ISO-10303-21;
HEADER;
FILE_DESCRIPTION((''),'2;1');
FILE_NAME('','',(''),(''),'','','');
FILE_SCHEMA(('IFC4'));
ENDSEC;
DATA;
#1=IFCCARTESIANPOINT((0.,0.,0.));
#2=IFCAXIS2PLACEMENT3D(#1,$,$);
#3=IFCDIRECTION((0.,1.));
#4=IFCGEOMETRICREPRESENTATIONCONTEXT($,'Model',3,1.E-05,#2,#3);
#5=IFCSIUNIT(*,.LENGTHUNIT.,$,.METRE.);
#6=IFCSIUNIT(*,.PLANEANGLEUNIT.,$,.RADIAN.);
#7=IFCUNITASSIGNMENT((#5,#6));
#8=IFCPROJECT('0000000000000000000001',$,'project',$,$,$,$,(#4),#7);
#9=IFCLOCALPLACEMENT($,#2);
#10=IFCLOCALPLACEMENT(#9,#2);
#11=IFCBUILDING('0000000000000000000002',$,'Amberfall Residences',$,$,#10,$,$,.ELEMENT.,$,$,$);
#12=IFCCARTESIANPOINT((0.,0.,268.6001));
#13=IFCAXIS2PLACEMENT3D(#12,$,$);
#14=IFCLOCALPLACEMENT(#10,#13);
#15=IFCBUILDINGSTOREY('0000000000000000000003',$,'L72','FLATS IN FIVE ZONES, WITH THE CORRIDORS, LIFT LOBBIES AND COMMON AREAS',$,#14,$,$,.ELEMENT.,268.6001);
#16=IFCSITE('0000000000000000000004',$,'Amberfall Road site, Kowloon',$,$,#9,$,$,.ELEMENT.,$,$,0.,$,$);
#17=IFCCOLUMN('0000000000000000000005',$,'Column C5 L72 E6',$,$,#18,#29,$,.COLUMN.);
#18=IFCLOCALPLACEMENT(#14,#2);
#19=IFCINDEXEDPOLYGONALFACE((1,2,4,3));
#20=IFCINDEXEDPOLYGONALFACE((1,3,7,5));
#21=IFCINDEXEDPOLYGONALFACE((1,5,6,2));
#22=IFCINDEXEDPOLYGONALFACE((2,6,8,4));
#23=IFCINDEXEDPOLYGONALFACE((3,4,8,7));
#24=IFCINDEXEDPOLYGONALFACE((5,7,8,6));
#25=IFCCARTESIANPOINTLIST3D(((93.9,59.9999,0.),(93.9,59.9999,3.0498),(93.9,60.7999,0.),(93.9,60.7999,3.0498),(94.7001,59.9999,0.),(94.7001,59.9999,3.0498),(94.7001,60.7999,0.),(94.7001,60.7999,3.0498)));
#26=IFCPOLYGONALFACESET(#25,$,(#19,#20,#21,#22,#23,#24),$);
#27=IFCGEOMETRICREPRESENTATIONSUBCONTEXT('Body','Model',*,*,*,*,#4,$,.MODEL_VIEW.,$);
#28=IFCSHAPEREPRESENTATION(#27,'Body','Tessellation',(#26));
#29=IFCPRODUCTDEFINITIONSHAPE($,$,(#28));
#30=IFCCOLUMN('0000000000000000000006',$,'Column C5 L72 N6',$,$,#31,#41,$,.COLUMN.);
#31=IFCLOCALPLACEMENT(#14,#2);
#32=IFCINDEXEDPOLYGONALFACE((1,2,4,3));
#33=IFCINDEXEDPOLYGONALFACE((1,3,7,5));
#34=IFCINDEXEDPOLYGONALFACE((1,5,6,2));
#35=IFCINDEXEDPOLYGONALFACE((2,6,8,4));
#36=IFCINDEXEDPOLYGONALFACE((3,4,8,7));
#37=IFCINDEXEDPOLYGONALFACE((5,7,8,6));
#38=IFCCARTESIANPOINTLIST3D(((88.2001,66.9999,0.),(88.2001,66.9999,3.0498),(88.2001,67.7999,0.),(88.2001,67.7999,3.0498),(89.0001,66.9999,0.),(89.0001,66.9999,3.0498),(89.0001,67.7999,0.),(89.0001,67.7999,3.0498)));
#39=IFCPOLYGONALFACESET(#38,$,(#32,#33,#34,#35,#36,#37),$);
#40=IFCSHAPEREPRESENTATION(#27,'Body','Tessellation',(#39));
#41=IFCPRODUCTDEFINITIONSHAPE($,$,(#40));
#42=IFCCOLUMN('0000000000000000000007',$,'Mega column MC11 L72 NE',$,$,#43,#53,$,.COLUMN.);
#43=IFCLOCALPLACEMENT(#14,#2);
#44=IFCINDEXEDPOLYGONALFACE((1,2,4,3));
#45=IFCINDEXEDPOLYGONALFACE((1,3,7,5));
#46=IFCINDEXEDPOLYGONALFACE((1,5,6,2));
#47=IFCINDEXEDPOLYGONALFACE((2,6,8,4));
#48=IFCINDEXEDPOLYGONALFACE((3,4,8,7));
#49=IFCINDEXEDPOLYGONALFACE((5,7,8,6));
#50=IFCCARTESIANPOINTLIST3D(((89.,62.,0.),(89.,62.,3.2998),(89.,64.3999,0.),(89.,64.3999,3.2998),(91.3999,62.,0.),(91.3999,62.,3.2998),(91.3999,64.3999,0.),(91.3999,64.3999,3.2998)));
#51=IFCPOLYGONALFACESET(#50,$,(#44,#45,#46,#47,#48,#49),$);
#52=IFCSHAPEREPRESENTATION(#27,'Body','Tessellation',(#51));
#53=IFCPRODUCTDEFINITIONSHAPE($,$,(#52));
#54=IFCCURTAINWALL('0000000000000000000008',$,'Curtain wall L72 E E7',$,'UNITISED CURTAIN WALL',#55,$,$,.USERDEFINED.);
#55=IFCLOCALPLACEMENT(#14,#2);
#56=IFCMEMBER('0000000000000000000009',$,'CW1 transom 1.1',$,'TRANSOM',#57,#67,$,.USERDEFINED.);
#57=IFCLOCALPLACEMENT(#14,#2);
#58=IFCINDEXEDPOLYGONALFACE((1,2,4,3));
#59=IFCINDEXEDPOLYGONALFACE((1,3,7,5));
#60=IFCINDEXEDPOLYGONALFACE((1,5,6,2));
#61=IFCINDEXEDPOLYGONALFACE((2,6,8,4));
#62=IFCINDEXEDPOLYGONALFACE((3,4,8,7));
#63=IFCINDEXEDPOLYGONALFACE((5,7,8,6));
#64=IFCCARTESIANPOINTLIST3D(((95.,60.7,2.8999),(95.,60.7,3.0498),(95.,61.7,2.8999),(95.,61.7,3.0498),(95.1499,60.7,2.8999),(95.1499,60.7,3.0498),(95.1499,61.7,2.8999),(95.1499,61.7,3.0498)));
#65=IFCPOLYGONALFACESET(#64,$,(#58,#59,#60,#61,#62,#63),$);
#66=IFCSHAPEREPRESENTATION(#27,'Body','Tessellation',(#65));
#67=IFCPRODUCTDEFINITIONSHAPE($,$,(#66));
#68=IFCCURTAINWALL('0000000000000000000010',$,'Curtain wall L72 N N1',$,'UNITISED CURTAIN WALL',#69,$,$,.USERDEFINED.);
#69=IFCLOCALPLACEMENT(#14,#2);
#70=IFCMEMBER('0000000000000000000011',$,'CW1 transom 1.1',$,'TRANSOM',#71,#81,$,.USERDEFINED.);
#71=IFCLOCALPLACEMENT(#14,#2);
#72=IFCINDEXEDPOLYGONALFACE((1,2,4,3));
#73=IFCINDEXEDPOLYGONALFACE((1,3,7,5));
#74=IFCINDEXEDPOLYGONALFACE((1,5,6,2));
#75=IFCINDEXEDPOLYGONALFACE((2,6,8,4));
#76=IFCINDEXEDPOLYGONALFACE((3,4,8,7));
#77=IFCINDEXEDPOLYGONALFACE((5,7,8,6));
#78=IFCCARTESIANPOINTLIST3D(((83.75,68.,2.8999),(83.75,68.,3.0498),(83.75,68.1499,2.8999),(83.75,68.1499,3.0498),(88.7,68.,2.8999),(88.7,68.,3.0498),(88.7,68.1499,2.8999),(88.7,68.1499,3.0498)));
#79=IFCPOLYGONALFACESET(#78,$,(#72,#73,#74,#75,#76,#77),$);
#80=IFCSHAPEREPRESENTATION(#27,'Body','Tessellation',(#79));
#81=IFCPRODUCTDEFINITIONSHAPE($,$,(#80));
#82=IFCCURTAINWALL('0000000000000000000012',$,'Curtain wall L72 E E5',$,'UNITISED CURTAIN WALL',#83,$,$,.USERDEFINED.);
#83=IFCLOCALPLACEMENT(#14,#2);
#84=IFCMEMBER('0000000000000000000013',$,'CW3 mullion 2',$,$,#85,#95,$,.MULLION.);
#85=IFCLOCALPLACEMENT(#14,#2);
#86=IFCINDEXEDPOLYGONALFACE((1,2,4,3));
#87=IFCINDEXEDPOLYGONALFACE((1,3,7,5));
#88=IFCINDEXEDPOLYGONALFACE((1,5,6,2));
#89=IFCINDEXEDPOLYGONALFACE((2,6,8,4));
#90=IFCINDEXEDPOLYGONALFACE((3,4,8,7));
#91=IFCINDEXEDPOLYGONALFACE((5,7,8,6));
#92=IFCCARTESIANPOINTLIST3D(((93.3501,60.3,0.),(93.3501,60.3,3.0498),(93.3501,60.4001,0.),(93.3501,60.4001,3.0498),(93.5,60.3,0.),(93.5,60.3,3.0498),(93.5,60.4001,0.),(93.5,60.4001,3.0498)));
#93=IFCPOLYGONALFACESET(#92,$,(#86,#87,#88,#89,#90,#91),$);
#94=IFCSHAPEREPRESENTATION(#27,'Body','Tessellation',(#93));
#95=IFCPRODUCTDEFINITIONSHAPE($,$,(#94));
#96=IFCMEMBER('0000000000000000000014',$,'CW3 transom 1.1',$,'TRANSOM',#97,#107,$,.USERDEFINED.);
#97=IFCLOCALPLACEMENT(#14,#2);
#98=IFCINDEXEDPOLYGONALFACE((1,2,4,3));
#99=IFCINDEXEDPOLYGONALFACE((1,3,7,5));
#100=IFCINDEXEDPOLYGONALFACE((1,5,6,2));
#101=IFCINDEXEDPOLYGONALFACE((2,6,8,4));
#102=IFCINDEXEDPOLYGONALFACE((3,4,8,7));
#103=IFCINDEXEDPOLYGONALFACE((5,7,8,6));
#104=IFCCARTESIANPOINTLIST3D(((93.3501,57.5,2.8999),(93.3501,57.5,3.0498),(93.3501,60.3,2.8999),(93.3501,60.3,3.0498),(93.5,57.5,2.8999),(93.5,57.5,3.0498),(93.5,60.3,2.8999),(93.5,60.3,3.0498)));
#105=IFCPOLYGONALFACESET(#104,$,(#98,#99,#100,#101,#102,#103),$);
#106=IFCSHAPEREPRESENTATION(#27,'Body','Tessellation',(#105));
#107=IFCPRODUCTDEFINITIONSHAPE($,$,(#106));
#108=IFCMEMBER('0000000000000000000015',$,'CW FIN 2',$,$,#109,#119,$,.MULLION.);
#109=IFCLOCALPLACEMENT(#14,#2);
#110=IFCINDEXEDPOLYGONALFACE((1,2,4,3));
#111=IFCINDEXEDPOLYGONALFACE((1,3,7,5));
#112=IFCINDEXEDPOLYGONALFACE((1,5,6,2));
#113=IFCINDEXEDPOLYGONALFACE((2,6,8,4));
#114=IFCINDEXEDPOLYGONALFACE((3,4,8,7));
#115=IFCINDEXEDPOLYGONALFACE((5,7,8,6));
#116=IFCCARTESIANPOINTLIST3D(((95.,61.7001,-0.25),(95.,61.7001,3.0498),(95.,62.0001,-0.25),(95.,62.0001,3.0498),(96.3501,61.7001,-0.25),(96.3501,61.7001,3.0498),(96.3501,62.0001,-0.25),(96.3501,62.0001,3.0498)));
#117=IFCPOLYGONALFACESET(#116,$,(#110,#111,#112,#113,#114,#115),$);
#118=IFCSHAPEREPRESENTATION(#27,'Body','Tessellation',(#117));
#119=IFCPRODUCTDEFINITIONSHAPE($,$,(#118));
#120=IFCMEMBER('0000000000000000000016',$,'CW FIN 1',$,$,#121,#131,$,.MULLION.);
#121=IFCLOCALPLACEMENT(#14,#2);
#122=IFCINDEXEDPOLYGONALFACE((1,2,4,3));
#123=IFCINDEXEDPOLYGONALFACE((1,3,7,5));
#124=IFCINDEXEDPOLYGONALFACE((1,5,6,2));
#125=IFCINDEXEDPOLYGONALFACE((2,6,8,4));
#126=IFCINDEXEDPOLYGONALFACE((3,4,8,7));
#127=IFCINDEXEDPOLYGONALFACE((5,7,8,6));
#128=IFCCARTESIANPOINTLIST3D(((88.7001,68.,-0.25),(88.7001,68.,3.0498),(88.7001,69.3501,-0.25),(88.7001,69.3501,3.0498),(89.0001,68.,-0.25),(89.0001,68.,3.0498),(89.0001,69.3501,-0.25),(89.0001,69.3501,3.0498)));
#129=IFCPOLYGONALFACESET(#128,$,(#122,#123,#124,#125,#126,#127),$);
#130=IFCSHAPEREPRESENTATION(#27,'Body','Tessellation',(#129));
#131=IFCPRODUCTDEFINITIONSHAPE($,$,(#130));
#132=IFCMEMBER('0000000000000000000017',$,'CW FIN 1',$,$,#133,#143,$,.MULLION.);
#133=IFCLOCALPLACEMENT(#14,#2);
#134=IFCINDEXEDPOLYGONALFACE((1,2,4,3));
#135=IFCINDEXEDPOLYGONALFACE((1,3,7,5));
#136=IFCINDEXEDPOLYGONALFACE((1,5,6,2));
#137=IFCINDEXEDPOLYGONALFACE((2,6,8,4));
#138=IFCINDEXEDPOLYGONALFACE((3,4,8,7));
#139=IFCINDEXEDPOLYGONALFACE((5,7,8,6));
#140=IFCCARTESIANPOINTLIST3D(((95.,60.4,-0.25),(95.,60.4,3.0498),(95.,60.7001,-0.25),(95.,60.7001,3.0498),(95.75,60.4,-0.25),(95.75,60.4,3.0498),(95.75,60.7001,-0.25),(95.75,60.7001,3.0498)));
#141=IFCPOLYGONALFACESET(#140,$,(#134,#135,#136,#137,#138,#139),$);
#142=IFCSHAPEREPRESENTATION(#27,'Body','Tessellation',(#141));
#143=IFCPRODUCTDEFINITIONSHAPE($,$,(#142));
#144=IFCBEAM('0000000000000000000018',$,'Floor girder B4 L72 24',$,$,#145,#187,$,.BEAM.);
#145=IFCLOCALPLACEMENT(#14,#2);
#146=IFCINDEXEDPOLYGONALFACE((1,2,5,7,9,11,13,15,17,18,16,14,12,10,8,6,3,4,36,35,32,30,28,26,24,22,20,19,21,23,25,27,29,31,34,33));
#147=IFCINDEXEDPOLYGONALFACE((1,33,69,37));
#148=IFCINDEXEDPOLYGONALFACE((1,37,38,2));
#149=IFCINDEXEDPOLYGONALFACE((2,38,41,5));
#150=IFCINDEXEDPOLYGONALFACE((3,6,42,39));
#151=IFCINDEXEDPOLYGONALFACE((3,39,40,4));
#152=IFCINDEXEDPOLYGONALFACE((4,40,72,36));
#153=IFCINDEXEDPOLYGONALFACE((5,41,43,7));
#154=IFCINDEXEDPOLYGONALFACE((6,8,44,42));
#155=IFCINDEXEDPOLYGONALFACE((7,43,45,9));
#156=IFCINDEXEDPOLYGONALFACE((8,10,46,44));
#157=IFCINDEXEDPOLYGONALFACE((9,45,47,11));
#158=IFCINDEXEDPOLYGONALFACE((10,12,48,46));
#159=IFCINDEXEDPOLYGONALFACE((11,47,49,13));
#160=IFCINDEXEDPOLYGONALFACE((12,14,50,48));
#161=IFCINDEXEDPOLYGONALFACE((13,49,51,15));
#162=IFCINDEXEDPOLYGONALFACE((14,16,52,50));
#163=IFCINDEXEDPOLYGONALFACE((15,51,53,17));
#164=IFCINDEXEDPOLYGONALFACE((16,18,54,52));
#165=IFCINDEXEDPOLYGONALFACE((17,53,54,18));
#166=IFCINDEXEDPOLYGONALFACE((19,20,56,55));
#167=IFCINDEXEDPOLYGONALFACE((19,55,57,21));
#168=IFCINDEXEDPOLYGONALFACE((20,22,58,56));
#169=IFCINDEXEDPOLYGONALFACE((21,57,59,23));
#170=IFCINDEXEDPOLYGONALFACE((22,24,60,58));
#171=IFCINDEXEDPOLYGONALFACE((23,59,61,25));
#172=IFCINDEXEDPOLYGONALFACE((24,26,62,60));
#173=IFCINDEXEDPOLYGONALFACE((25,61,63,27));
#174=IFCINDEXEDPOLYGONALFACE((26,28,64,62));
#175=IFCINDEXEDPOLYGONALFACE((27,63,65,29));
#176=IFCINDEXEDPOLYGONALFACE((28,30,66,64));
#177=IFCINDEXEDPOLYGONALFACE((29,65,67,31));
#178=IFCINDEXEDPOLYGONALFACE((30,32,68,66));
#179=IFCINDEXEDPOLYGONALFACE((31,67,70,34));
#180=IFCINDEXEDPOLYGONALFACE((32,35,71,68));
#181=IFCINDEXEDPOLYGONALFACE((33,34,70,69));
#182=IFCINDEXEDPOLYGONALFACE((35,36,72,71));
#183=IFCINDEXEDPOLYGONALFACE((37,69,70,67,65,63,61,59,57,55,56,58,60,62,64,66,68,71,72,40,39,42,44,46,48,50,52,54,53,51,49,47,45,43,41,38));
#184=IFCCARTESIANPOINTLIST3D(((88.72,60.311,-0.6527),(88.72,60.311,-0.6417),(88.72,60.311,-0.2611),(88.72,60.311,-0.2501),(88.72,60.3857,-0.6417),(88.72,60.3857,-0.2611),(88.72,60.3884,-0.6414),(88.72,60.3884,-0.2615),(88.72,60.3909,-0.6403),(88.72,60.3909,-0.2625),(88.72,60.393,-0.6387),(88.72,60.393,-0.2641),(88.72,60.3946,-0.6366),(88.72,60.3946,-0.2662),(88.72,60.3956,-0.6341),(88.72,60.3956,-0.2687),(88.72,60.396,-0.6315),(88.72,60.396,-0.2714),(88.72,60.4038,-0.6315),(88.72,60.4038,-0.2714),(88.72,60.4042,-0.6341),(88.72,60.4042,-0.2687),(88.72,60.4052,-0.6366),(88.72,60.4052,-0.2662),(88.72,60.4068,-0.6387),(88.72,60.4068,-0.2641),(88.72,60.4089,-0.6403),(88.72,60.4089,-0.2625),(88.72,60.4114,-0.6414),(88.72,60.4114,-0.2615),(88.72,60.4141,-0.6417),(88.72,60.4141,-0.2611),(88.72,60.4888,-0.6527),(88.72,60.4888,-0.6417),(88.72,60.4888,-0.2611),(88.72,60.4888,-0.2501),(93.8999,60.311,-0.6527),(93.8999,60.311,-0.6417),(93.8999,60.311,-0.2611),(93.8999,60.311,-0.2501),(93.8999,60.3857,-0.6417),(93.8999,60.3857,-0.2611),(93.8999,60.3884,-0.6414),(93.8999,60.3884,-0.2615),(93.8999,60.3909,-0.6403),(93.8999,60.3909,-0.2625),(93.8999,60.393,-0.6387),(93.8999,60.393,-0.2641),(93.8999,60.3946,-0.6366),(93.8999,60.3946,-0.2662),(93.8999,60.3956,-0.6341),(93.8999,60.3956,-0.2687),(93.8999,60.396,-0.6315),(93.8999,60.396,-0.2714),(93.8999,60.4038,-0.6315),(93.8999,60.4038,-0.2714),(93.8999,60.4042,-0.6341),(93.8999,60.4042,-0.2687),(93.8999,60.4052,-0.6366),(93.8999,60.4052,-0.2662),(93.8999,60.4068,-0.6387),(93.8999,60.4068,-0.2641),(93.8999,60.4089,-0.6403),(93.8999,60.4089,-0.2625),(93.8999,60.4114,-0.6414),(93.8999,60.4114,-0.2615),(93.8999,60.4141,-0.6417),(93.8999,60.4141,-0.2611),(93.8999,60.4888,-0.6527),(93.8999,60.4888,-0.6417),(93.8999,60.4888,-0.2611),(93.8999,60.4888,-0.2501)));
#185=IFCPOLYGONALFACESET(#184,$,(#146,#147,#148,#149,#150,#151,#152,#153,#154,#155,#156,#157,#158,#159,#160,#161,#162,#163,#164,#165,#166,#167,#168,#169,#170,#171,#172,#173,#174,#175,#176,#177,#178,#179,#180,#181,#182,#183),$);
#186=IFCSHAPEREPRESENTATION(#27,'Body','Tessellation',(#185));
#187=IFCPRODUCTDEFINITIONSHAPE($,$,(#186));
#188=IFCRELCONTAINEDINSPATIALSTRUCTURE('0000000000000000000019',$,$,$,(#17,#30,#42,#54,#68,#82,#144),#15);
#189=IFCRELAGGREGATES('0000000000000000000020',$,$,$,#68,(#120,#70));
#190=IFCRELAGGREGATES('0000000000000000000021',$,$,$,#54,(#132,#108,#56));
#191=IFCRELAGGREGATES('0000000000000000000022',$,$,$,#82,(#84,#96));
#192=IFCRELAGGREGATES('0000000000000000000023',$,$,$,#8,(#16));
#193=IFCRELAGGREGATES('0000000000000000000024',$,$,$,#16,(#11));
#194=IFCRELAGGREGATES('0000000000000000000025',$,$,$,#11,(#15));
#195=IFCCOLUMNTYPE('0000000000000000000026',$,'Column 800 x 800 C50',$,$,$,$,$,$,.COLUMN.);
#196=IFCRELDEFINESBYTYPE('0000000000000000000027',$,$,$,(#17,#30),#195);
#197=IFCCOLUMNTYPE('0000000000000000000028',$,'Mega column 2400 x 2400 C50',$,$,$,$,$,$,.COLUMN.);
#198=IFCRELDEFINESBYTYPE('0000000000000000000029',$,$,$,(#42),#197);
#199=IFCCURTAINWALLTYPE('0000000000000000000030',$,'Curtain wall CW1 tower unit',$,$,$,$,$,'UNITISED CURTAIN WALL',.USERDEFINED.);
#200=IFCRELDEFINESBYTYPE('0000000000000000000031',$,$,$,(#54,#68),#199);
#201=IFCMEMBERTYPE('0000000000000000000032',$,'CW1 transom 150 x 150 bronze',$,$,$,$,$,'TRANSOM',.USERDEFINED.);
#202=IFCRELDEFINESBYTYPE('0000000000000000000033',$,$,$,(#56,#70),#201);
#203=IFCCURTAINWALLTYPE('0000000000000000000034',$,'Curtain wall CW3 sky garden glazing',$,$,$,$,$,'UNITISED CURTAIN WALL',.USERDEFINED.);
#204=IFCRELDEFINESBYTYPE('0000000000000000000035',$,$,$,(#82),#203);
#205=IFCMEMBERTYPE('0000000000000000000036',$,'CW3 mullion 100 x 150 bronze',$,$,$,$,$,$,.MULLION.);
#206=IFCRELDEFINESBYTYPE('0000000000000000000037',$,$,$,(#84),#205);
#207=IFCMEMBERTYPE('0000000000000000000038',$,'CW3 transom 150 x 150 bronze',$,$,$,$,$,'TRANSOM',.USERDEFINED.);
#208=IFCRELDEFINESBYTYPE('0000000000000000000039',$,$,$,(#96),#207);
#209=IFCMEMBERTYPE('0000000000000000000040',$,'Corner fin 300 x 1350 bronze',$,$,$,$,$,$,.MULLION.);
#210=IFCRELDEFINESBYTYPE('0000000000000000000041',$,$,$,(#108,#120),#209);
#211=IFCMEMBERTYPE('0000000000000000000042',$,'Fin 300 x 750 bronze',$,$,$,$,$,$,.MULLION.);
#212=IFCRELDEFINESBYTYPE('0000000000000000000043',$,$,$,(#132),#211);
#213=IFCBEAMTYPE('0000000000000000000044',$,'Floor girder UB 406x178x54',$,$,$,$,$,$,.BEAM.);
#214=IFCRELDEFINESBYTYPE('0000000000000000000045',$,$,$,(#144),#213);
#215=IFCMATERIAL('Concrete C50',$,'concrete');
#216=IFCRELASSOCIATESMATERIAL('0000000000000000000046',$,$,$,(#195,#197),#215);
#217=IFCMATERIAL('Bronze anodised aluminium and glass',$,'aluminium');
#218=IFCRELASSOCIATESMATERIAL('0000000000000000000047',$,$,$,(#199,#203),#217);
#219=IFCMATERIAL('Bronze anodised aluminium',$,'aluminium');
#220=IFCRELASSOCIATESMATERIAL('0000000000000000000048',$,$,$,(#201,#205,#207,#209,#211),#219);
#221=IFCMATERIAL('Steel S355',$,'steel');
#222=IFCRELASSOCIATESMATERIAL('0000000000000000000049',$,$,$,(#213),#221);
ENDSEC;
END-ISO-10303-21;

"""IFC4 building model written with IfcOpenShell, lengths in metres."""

from ifc_helpers import new_model, si_unit, direction, frame, origin, origin_2d, place, context, subcontext, project, spatial, rectangle, i_section, extrude, material, material_profile, profile_set, type_object, element, aggregate, save


model = new_model("IFC4")

# Units and contexts
model_context = context("Model", 3, precision=1e-05, world=origin(), true_north=direction((0.0, 1.0)))
body_context = subcontext(model_context, "Body", "Model", "MODEL_VIEW")
ifc_project = project(units=[si_unit("LENGTHUNIT", "METRE"), si_unit("PLANEANGLEUNIT", "RADIAN")], contexts=[model_context])

# Site, building, storey
site_placement = place(None, origin())
site = spatial("IfcSite", under=ifc_project, at=site_placement, Name="Amberfall Road site, Kowloon", CompositionType="ELEMENT", RefElevation=0.0)
building_placement = place(site_placement, origin())
building = spatial("IfcBuilding", under=site, at=building_placement, Name="Amberfall Residences", CompositionType="ELEMENT")
storey_placement = place(building_placement, frame((0.0, 0.0, 268.6001)))
storey = spatial("IfcBuildingStorey", under=building, at=storey_placement, Name="L72", Description="FLATS IN FIVE ZONES, WITH THE CORRIDORS, LIFT LOBBIES AND COMMON AREAS", CompositionType="ELEMENT", Elevation=268.6001)

# Columns
ifc_material_1 = material(Name="Concrete C50", Category="concrete")
ifc_material_profile_1 = material_profile(ifc_material_1, rectangle(XDim=0.8, YDim=0.8, at=origin_2d()), Name="Column 800 x 800 C50")
ifc_profile_set_1 = profile_set([ifc_material_profile_1], Name="Concrete C50")
column_type_1 = type_object("IfcColumnType", Name="Column 800 x 800 C50", PredefinedType="COLUMN", material=ifc_profile_set_1)
for number, where, z_axis, x_axis, name in (
    (1, (94.3, 60.3999, 0.0), (0.0, 0.0, 1.0), (1.0, 0.0, 0.0), "Column C5 L72 E6"),
    (2, (88.6001, 67.3999, 0.0), (0.0, 0.0, 1.0), (1.0, 0.0, 0.0), "Column C5 L72 N6"),
):
    element("IfcColumn", number, at=place(storey_placement, frame(where, z_axis=z_axis, x_axis=x_axis)), inside=storey, type_object=column_type_1, Name=name, PredefinedType="COLUMN", context=body_context, shape_type="SweptSolid", body=[
        extrude(rectangle(XDim=0.8, YDim=0.8, at=origin_2d()), origin(), (0.0, 0.0, 1.0), 3.0498),
    ])
ifc_material_profile_2 = material_profile(ifc_material_1, rectangle(XDim=2.3999, YDim=2.3999, at=origin_2d()), Name="Mega column 2400 x 2400 C50")
ifc_profile_set_2 = profile_set([ifc_material_profile_2], Name="Concrete C50")
column_type_2 = type_object("IfcColumnType", Name="Mega column 2400 x 2400 C50", PredefinedType="COLUMN", material=ifc_profile_set_2)
column_placement = place(storey_placement, frame((90.2, 63.2, 0.0), z_axis=(0.0, 0.0, 1.0), x_axis=(1.0, 0.0, 0.0)))
element("IfcColumn", 3, at=column_placement, inside=storey, type_object=column_type_2, Name="Mega column MC11 L72 NE", PredefinedType="COLUMN", context=body_context, shape_type="SweptSolid", body=[
    extrude(rectangle(XDim=2.3999, YDim=2.3999, at=origin_2d()), origin(), (0.0, 0.0, 1.0), 3.2998),
])

# Curtain walls, members
ifc_material_2 = material(Name="Bronze anodised aluminium and glass", Category="aluminium")
curtain_wall_type_1 = type_object("IfcCurtainWallType", Name="Curtain wall CW1 tower unit", ElementType="UNITISED CURTAIN WALL", PredefinedType="USERDEFINED", material=ifc_material_2)
curtain_wall_1_placement = place(storey_placement, origin())
curtain_wall_1 = element("IfcCurtainWall", 4, at=curtain_wall_1_placement, inside=storey, type_object=curtain_wall_type_1, Name="Curtain wall L72 E E7", ObjectType="UNITISED CURTAIN WALL", PredefinedType="USERDEFINED")
ifc_material_3 = material(Name="Bronze anodised aluminium", Category="aluminium")
ifc_material_profile_3 = material_profile(ifc_material_3, rectangle(XDim=0.1499, YDim=0.1499, at=origin_2d()), Name="CW1 transom 150 x 150 bronze")
ifc_profile_set_3 = profile_set([ifc_material_profile_3], Name="Bronze anodised aluminium")
member_type_1 = type_object("IfcMemberType", Name="CW1 transom 150 x 150 bronze", ElementType="TRANSOM", PredefinedType="USERDEFINED", material=ifc_profile_set_3)
member_1_placement = place(storey_placement, frame((95.075, 60.7, 2.9749), z_axis=(0.0, 1.0, 0.0), x_axis=(-1.0, 0.0, 0.0)))
member_1 = element("IfcMember", 5, at=member_1_placement, type_object=member_type_1, Name="CW1 transom 1.1", ObjectType="TRANSOM", PredefinedType="USERDEFINED", context=body_context, shape_type="SweptSolid", body=[
    extrude(rectangle(XDim=0.1499, YDim=0.1499, at=origin_2d()), origin(), (0.0, 0.0, 1.0), 1.0),
])
curtain_wall_2_placement = place(storey_placement, origin())
curtain_wall_2 = element("IfcCurtainWall", 6, at=curtain_wall_2_placement, inside=storey, type_object=curtain_wall_type_1, Name="Curtain wall L72 N N1", ObjectType="UNITISED CURTAIN WALL", PredefinedType="USERDEFINED")
member_2_placement = place(storey_placement, frame((88.7, 68.075, 2.9749), z_axis=(-1.0, 0.0, 0.0), x_axis=(0.0, -1.0, 0.0)))
member_2 = element("IfcMember", 7, at=member_2_placement, type_object=member_type_1, Name="CW1 transom 1.1", ObjectType="TRANSOM", PredefinedType="USERDEFINED", context=body_context, shape_type="SweptSolid", body=[
    extrude(rectangle(XDim=0.1499, YDim=0.1499, at=origin_2d()), origin(), (0.0, 0.0, 1.0), 4.95),
])

# Curtain wall, members
curtain_wall_type_2 = type_object("IfcCurtainWallType", Name="Curtain wall CW3 sky garden glazing", ElementType="UNITISED CURTAIN WALL", PredefinedType="USERDEFINED", material=ifc_material_2)
curtain_wall_3_placement = place(storey_placement, origin())
curtain_wall_3 = element("IfcCurtainWall", 8, at=curtain_wall_3_placement, inside=storey, type_object=curtain_wall_type_2, Name="Curtain wall L72 E E5", ObjectType="UNITISED CURTAIN WALL", PredefinedType="USERDEFINED")
ifc_material_profile_4 = material_profile(ifc_material_3, rectangle(XDim=0.1499, YDim=0.1001, at=origin_2d()), Name="CW3 mullion 100 x 150 bronze")
ifc_profile_set_4 = profile_set([ifc_material_profile_4], Name="Bronze anodised aluminium")
member_type_2 = type_object("IfcMemberType", Name="CW3 mullion 100 x 150 bronze", PredefinedType="MULLION", material=ifc_profile_set_4)
member_3_placement = place(storey_placement, frame((93.425, 60.3501, 0.0), z_axis=(0.0, 0.0, 1.0), x_axis=(-1.0, 0.0, 0.0)))
member_3 = element("IfcMember", 9, at=member_3_placement, type_object=member_type_2, Name="CW3 mullion 2", PredefinedType="MULLION", context=body_context, shape_type="SweptSolid", body=[
    extrude(rectangle(XDim=0.1499, YDim=0.1001, at=origin_2d()), origin(), (0.0, 0.0, 1.0), 3.0498),
])
ifc_material_profile_5 = material_profile(ifc_material_3, rectangle(XDim=0.1499, YDim=0.1499, at=origin_2d()), Name="CW3 transom 150 x 150 bronze")
ifc_profile_set_5 = profile_set([ifc_material_profile_5], Name="Bronze anodised aluminium")
member_type_3 = type_object("IfcMemberType", Name="CW3 transom 150 x 150 bronze", ElementType="TRANSOM", PredefinedType="USERDEFINED", material=ifc_profile_set_5)
member_4_placement = place(storey_placement, frame((93.425, 57.5, 2.9749), z_axis=(0.0, 1.0, 0.0), x_axis=(-1.0, 0.0, 0.0)))
member_4 = element("IfcMember", 10, at=member_4_placement, type_object=member_type_3, Name="CW3 transom 1.1", ObjectType="TRANSOM", PredefinedType="USERDEFINED", context=body_context, shape_type="SweptSolid", body=[
    extrude(rectangle(XDim=0.1499, YDim=0.1499, at=origin_2d()), origin(), (0.0, 0.0, 1.0), 2.8),
])

# Members
ifc_material_profile_6 = material_profile(ifc_material_3, rectangle(XDim=1.3501, YDim=0.3, at=origin_2d()), Name="Corner fin 300 x 1350 bronze")
ifc_profile_set_6 = profile_set([ifc_material_profile_6], Name="Bronze anodised aluminium")
member_type_4 = type_object("IfcMemberType", Name="Corner fin 300 x 1350 bronze", PredefinedType="MULLION", material=ifc_profile_set_6)
member_5_placement = place(storey_placement, frame((95.675, 61.8501, -0.25), z_axis=(0.0, 0.0, 1.0), x_axis=(-1.0, 0.0, 0.0)))
member_5 = element("IfcMember", 11, at=member_5_placement, type_object=member_type_4, Name="CW FIN 2", PredefinedType="MULLION", context=body_context, shape_type="SweptSolid", body=[
    extrude(rectangle(XDim=1.3501, YDim=0.3, at=origin_2d()), origin(), (0.0, 0.0, 1.0), 3.2998),
])
member_6_placement = place(storey_placement, frame((88.8501, 68.675, -0.25), z_axis=(0.0, 0.0, 1.0), x_axis=(0.0, -1.0, 0.0)))
member_6 = element("IfcMember", 12, at=member_6_placement, type_object=member_type_4, Name="CW FIN 1", PredefinedType="MULLION", context=body_context, shape_type="SweptSolid", body=[
    extrude(rectangle(XDim=1.3501, YDim=0.3, at=origin_2d()), origin(), (0.0, 0.0, 1.0), 3.2998),
])
aggregate(curtain_wall_2, [member_6, member_2])
ifc_material_profile_7 = material_profile(ifc_material_3, rectangle(XDim=0.75, YDim=0.3, at=origin_2d()), Name="Fin 300 x 750 bronze")
ifc_profile_set_7 = profile_set([ifc_material_profile_7], Name="Bronze anodised aluminium")
member_type_5 = type_object("IfcMemberType", Name="Fin 300 x 750 bronze", PredefinedType="MULLION", material=ifc_profile_set_7)
member_7_placement = place(storey_placement, frame((95.375, 60.55, -0.25), z_axis=(0.0, 0.0, 1.0), x_axis=(-1.0, 0.0, 0.0)))
member_7 = element("IfcMember", 13, at=member_7_placement, type_object=member_type_5, Name="CW FIN 1", PredefinedType="MULLION", context=body_context, shape_type="SweptSolid", body=[
    extrude(rectangle(XDim=0.75, YDim=0.3, at=origin_2d()), origin(), (0.0, 0.0, 1.0), 3.2998),
])

# Beam
ifc_material_4 = material(Name="Steel S355", Category="steel")
ifc_material_profile_8 = material_profile(ifc_material_4, i_section(OverallWidth=0.1777, OverallDepth=0.4026, WebThickness=0.0078, FlangeThickness=0.011, FilletRadius=0.0103, at=origin_2d()), Name="UB 406x178x54")
ifc_profile_set_8 = profile_set([ifc_material_profile_8], Name="Steel S355")
beam_type_1 = type_object("IfcBeamType", Name="Floor girder UB 406x178x54", PredefinedType="BEAM", material=ifc_profile_set_8)
beam_1_placement = place(storey_placement, frame((93.8999, 60.3999, -0.4514), z_axis=(-1.0, 0.0, 0.0), x_axis=(0.0, -1.0, 0.0)))
element("IfcBeam", 14, at=beam_1_placement, inside=storey, type_object=beam_type_1, Name="Floor girder B4 L72 24", PredefinedType="BEAM", context=body_context, shape_type="SweptSolid", body=[
    extrude(i_section(OverallWidth=0.1777, OverallDepth=0.4026, WebThickness=0.0078, FlangeThickness=0.011, FilletRadius=0.0103, at=origin_2d()), origin(), (0.0, 0.0, 1.0), 5.1799),
])

aggregate(curtain_wall_1, [member_7, member_5, member_1])
aggregate(curtain_wall_3, [member_3, member_4])

save(model, "model.ifc")
